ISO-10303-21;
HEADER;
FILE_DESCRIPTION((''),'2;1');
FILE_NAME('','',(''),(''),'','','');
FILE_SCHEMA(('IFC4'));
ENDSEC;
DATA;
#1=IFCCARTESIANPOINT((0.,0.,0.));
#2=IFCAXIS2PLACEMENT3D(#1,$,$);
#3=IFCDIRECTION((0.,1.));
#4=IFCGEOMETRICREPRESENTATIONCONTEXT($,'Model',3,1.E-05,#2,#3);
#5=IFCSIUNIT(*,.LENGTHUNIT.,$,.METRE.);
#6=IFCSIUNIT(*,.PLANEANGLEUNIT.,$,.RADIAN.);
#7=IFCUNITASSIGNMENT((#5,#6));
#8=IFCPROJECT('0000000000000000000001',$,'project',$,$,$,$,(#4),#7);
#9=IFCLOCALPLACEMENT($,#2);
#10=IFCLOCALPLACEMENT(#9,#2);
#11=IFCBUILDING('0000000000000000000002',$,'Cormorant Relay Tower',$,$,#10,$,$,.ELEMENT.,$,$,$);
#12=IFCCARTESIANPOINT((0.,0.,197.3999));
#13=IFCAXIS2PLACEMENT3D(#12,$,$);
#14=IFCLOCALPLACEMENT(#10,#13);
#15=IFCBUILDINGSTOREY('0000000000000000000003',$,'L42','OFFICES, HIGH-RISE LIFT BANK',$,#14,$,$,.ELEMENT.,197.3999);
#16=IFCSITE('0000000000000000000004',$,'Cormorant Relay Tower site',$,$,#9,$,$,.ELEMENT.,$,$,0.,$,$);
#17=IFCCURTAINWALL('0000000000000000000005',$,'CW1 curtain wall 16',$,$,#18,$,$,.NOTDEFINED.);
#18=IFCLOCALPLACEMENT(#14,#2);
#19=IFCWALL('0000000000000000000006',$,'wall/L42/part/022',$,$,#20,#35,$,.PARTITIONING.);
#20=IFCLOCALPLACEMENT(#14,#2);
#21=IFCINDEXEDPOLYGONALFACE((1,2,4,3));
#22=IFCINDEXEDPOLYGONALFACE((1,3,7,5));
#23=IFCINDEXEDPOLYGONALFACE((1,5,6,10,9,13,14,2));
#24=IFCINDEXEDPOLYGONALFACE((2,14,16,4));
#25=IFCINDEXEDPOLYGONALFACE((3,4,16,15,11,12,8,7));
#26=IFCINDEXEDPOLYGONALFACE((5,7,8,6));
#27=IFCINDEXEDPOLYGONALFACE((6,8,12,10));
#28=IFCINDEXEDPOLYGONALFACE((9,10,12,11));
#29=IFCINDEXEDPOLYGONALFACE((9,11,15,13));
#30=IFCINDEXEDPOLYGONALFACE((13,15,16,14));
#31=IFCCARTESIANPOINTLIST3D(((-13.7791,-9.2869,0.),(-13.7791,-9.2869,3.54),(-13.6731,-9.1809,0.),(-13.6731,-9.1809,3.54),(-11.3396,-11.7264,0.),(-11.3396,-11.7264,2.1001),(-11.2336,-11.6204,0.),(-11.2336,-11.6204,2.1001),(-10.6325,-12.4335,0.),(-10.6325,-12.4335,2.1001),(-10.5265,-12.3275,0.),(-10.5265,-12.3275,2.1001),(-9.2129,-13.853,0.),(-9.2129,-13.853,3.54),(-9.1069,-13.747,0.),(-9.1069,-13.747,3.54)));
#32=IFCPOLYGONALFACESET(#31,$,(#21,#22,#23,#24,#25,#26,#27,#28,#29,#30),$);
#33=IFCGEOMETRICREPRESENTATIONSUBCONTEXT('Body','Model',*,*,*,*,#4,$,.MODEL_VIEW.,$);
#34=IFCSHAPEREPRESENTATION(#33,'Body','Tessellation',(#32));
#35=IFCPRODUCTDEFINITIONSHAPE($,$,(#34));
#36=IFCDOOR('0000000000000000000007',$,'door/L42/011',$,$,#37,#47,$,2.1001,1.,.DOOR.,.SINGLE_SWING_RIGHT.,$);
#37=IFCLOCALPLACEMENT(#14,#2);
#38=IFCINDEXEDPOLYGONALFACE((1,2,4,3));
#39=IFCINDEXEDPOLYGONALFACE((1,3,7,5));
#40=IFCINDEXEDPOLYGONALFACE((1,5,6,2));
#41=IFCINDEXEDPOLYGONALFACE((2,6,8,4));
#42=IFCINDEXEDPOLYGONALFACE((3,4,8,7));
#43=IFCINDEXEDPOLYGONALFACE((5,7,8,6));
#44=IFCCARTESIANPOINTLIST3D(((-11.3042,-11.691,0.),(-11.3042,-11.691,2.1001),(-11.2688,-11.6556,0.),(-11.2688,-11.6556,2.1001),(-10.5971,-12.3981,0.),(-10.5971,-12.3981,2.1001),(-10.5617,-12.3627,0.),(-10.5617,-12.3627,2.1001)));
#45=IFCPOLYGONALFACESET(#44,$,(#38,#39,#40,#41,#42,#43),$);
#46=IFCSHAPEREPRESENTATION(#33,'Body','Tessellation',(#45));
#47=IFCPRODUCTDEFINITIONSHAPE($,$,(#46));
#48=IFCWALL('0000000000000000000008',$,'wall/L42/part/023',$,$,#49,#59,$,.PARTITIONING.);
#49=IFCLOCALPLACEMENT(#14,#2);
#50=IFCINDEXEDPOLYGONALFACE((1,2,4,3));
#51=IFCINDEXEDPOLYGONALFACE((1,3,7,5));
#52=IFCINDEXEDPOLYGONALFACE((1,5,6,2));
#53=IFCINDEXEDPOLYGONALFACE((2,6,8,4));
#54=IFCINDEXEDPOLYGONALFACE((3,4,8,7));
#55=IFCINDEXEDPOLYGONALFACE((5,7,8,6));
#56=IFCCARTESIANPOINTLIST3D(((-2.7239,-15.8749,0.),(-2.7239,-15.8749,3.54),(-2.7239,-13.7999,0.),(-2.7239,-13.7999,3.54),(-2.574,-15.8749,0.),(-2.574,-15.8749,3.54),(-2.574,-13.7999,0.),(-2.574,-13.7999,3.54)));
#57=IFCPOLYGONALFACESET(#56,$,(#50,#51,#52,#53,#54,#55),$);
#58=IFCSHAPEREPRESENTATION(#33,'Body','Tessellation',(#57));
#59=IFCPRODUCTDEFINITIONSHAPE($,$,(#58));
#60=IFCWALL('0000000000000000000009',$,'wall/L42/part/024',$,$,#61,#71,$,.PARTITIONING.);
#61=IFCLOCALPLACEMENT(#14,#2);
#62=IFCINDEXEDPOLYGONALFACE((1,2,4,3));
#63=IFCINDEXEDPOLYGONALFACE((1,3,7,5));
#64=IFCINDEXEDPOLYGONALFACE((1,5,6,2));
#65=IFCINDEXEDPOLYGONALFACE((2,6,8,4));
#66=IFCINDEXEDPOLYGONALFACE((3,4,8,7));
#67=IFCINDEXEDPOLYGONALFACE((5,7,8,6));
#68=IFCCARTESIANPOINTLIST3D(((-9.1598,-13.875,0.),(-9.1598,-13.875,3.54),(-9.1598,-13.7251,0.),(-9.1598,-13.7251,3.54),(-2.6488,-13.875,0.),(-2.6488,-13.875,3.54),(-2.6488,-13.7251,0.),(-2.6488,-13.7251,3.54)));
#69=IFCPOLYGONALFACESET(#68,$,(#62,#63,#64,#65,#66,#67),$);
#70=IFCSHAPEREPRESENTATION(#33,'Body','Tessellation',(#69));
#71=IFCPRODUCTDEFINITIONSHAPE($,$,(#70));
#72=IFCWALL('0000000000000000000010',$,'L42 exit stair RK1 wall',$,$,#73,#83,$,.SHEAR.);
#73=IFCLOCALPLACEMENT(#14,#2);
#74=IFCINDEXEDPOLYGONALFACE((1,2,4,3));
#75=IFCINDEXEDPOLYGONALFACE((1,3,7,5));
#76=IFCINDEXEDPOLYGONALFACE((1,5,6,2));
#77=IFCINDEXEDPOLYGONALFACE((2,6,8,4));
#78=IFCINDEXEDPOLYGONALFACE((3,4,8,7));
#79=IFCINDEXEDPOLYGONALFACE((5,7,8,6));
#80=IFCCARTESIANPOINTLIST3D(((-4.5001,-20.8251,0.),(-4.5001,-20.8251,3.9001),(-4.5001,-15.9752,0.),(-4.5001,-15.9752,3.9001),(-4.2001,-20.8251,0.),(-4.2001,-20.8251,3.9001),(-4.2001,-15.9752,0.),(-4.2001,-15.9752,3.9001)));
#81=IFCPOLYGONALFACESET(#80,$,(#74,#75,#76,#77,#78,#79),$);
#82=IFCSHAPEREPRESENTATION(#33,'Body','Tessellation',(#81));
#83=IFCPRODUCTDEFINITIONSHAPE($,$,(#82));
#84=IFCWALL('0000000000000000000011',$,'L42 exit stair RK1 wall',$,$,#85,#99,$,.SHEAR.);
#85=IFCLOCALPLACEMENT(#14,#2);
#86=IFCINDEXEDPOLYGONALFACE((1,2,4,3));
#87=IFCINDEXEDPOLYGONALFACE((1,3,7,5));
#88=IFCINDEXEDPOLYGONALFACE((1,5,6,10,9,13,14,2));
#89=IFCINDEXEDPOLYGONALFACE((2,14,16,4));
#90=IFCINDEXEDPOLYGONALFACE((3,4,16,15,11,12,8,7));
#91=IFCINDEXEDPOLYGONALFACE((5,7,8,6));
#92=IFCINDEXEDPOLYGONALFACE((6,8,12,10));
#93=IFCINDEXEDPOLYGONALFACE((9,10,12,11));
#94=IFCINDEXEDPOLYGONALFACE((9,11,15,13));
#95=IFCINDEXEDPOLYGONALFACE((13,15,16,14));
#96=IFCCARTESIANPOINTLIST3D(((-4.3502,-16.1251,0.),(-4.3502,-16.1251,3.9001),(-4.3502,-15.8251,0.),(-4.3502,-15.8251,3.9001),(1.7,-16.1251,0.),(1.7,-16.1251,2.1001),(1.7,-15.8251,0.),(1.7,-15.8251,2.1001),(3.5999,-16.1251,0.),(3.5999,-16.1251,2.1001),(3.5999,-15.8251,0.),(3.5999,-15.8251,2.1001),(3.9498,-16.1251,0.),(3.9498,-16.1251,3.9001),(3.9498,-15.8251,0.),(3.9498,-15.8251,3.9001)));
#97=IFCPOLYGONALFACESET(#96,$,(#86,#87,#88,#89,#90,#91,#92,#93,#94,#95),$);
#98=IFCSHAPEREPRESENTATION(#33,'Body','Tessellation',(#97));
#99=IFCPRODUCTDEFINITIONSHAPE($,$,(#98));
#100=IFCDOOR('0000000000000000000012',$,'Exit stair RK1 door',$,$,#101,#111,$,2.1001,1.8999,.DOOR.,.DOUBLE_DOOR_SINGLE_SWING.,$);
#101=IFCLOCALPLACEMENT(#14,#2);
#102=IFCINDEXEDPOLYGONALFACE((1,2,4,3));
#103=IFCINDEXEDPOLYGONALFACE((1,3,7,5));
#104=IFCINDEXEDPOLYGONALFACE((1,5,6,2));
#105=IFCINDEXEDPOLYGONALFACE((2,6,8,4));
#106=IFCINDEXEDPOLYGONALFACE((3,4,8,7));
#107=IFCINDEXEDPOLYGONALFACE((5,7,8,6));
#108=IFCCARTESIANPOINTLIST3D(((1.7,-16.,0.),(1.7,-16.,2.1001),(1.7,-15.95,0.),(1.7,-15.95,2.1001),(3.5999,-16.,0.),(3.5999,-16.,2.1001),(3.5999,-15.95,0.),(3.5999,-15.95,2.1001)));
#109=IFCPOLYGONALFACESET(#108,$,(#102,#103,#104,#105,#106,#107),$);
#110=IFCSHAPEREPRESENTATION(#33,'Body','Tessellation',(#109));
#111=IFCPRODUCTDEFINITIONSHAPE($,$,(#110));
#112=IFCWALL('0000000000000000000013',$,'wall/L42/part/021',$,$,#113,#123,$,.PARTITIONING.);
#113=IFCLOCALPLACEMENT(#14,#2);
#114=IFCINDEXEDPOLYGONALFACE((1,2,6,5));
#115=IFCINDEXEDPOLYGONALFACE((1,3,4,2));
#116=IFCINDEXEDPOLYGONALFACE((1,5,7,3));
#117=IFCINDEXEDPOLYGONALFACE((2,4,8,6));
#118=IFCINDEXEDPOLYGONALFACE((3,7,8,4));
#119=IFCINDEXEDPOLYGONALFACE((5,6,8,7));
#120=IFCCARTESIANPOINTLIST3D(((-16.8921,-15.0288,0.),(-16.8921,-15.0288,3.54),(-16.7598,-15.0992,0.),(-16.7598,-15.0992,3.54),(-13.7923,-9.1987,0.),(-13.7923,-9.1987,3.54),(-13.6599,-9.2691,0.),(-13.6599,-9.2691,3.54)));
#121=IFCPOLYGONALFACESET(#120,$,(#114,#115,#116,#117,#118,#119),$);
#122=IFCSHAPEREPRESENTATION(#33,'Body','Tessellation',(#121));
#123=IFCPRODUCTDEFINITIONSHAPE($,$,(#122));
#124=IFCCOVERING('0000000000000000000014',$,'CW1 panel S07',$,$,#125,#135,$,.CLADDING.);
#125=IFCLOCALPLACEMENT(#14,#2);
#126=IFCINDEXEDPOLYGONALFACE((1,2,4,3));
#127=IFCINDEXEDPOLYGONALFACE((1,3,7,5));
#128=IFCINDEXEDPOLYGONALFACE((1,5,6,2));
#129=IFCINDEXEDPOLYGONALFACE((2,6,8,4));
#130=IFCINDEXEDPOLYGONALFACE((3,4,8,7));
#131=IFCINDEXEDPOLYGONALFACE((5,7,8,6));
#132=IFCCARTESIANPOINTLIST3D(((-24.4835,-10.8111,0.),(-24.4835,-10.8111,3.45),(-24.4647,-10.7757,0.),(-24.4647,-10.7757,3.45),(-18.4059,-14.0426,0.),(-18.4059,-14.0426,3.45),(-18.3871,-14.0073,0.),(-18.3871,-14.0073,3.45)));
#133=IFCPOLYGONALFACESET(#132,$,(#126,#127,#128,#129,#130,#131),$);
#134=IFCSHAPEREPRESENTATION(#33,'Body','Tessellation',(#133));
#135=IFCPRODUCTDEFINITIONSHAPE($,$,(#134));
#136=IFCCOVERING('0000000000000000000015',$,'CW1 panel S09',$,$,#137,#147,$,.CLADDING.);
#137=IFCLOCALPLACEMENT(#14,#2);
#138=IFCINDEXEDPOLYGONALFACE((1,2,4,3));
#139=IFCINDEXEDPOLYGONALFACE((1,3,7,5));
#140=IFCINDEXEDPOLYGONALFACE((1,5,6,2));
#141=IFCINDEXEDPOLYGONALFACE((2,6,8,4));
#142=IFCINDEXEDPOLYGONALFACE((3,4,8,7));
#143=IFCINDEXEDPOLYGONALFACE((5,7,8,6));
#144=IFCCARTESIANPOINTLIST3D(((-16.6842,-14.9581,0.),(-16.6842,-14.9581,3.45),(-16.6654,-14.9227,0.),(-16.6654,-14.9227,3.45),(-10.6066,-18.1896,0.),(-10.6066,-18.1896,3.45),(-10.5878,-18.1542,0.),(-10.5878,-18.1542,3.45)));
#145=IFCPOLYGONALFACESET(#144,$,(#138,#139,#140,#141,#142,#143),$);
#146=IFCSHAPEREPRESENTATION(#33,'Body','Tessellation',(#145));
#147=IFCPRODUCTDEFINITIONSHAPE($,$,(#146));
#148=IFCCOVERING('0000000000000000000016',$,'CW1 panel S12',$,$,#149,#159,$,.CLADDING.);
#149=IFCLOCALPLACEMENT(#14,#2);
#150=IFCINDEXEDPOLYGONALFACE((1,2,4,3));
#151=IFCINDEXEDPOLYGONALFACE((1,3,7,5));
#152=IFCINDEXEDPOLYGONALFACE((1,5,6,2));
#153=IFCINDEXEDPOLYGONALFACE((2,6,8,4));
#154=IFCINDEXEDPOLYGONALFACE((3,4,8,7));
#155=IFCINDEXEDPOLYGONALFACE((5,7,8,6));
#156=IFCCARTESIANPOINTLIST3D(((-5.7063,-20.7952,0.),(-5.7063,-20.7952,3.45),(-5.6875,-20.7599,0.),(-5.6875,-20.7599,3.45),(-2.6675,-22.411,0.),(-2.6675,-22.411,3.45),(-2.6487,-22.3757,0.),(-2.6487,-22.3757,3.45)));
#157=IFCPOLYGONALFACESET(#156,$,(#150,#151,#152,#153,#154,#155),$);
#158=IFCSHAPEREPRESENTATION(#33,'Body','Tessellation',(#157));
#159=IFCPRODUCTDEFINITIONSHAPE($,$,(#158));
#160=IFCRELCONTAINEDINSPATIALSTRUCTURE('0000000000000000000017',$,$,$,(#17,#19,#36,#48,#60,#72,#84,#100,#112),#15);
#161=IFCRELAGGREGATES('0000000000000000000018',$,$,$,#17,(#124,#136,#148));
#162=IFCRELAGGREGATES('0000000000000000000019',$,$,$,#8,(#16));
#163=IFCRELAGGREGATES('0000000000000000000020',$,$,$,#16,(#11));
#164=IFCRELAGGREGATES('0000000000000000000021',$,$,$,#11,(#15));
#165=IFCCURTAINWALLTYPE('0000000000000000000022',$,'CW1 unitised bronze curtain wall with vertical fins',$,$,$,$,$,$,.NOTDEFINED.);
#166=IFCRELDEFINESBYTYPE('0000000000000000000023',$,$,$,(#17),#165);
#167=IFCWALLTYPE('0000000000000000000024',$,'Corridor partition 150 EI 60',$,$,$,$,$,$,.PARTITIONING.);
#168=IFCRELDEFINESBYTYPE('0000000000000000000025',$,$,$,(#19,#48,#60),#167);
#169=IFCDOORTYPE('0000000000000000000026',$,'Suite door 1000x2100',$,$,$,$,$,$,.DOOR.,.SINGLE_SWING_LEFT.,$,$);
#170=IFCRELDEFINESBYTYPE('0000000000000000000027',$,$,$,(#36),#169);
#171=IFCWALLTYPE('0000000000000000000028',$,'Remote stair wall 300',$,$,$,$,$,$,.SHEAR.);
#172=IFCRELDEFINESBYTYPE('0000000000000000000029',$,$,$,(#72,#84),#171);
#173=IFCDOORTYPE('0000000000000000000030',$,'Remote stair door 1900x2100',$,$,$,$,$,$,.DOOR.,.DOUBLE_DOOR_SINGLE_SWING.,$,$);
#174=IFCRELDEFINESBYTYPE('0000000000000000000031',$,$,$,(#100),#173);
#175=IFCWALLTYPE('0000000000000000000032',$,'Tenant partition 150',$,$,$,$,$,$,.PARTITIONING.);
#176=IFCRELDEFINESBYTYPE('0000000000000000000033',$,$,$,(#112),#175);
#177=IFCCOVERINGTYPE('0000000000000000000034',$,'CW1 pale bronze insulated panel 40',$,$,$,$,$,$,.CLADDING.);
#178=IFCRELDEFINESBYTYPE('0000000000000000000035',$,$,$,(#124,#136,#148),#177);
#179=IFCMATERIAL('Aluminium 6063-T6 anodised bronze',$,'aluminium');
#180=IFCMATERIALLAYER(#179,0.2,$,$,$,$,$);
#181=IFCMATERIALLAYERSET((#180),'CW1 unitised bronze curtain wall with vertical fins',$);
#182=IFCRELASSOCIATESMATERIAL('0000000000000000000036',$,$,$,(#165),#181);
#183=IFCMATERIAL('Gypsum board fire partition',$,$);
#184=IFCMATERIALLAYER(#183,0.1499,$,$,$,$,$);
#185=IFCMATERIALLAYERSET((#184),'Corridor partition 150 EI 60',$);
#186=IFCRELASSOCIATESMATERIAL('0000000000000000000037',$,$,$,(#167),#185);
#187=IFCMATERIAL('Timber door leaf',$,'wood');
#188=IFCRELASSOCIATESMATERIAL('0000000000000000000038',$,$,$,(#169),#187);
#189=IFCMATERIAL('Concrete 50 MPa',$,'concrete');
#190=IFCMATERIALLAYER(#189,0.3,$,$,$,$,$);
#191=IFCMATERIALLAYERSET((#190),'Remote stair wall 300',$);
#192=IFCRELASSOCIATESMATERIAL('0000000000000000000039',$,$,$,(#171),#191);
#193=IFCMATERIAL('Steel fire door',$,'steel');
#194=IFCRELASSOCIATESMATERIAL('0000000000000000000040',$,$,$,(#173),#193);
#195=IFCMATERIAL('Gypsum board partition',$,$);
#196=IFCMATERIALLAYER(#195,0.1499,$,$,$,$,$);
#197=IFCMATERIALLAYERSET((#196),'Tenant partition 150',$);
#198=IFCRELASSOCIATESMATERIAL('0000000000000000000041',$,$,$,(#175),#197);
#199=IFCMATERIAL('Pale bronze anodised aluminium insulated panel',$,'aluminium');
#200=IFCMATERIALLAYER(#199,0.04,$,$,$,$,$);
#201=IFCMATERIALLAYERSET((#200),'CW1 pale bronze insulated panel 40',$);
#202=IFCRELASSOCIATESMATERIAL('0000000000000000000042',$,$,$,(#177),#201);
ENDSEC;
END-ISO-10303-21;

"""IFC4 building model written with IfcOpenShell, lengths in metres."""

from ifc_helpers import new_model, si_unit, direction, frame, frame_2d, origin, origin_2d, place, context, subcontext, project, spatial, rectangle, extrude, material, layer, layer_set, type_object, element, fill, aggregate, save


model = new_model("IFC4")

# Units and contexts
model_context = context("Model", 3, precision=1e-05, world=origin(), true_north=direction((0.0, 1.0)))
body_context = subcontext(model_context, "Body", "Model", "MODEL_VIEW")
ifc_project = project(units=[si_unit("LENGTHUNIT", "METRE"), si_unit("PLANEANGLEUNIT", "RADIAN")], contexts=[model_context])

# Site, building, storey
site_placement = place(None, origin())
site = spatial("IfcSite", under=ifc_project, at=site_placement, Name="Cormorant Relay Tower site", CompositionType="ELEMENT", RefElevation=0.0)
building_placement = place(site_placement, origin())
building = spatial("IfcBuilding", under=site, at=building_placement, Name="Cormorant Relay Tower", CompositionType="ELEMENT")
storey_placement = place(building_placement, frame((0.0, 0.0, 197.3999)))
storey = spatial("IfcBuildingStorey", under=building, at=storey_placement, Name="L42", Description="OFFICES, HIGH-RISE LIFT BANK", CompositionType="ELEMENT", Elevation=197.3999)

# Shared definitions
ifc_material_1 = material(Name="Aluminium 6063-T6 anodised bronze", Category="aluminium")
ifc_layer_1 = layer(ifc_material_1, 0.2)
ifc_layer_set_1 = layer_set([ifc_layer_1], Name="CW1 unitised bronze curtain wall with vertical fins")
curtain_wall_type = type_object("IfcCurtainWallType", Name="CW1 unitised bronze curtain wall with vertical fins", PredefinedType="NOTDEFINED", material=ifc_layer_set_1)

# Curtain wall
curtain_wall_1_placement = place(storey_placement, origin())
curtain_wall_1 = element("IfcCurtainWall", 1, at=curtain_wall_1_placement, inside=storey, type_object=curtain_wall_type, Name="CW1 curtain wall 16", PredefinedType="NOTDEFINED")

# Wall, opening, door
ifc_material_2 = material(Name="Gypsum board fire partition")
ifc_layer_2 = layer(ifc_material_2, 0.1499)
ifc_layer_set_2 = layer_set([ifc_layer_2], Name="Corridor partition 150 EI 60")
wall_type_1 = type_object("IfcWallType", Name="Corridor partition 150 EI 60", PredefinedType="PARTITIONING", material=ifc_layer_set_2)
ifc_material_3 = material(Name="Timber door leaf", Category="wood")
door_type_1 = type_object("IfcDoorType", Name="Suite door 1000x2100", OperationType="SINGLE_SWING_LEFT", PredefinedType="DOOR", material=ifc_material_3)
wall_1_placement = place(storey_placement, frame((-13.7261, -9.2339, 0.0), z_axis=(0.0, 0.0, 1.0), x_axis=(0.707107, -0.707107, 0.0)))
wall_1 = element("IfcWall", 2, at=wall_1_placement, inside=storey, type_object=wall_type_1, Name="wall/L42/part/022", PredefinedType="PARTITIONING", context=body_context, shape_type="SweptSolid", body=[
    extrude(rectangle(XDim=6.4575, YDim=0.1499, at=frame_2d((3.2288, 0.0))), origin(), (0.0, 0.0, 1.0), 3.54),
])
opening_1_placement = place(wall_1_placement, frame((3.45, 0.0, 0.0)))
opening_1 = element("IfcOpeningElement", 3, at=opening_1_placement, cuts=wall_1, PredefinedType="OPENING", context=body_context, shape_type="SweptSolid", body=[
    extrude(rectangle(XDim=1.0, YDim=2.1001, at=frame_2d((0.5, 1.05))), frame((0.0, 0.085, 0.0), z_axis=(0.0, -1.0, 0.0), x_axis=(1.0, 0.0, 0.0)), (0.0, 0.0, 1.0), 0.1699),
])
door_1_placement = place(opening_1_placement, frame((1.0, 0.0, 0.0), z_axis=(0.0, 0.0, 1.0), x_axis=(-1.0, 0.0, 0.0)))
door_1 = element("IfcDoor", 4, at=door_1_placement, inside=storey, type_object=door_type_1, Name="door/L42/011", OperationType="SINGLE_SWING_RIGHT", OverallHeight=2.1001, OverallWidth=1.0, PredefinedType="DOOR", context=body_context, shape_type="SweptSolid", body=[
    extrude(rectangle(XDim=1.0, YDim=2.1001, at=frame_2d((0.5, 1.05))), frame((0.0, 0.0249, 0.0), z_axis=(0.0, -1.0, 0.0), x_axis=(1.0, 0.0, 0.0)), (0.0, 0.0, 1.0), 0.05),
])
fill(opening_1, door_1)

# Walls
wall_2_placement = place(storey_placement, frame((-2.6489, -15.875, 0.0), z_axis=(0.0, 0.0, 1.0), x_axis=(0.0, 1.0, 0.0)))
element("IfcWall", 5, at=wall_2_placement, inside=storey, type_object=wall_type_1, Name="wall/L42/part/023", PredefinedType="PARTITIONING", context=body_context, shape_type="SweptSolid", body=[
    extrude(rectangle(XDim=2.075, YDim=0.1499, at=frame_2d((1.0376, 0.0))), origin(), (0.0, 0.0, 1.0), 3.54),
])
wall_3_placement = place(storey_placement, frame((-2.6489, -13.8, 0.0), z_axis=(0.0, 0.0, 1.0), x_axis=(-1.0, 0.0, 0.0)))
element("IfcWall", 6, at=wall_3_placement, inside=storey, type_object=wall_type_1, Name="wall/L42/part/024", PredefinedType="PARTITIONING", context=body_context, shape_type="SweptSolid", body=[
    extrude(rectangle(XDim=6.511, YDim=0.1499, at=frame_2d((3.2554, 0.0))), origin(), (0.0, 0.0, 1.0), 3.54),
])
ifc_material_4 = material(Name="Concrete 50 MPa", Category="concrete")
ifc_layer_3 = layer(ifc_material_4, 0.3)
ifc_layer_set_3 = layer_set([ifc_layer_3], Name="Remote stair wall 300")
wall_type_2 = type_object("IfcWallType", Name="Remote stair wall 300", PredefinedType="SHEAR", material=ifc_layer_set_3)
wall_4_placement = place(storey_placement, frame((-4.3501, -20.825, 0.0), z_axis=(0.0, 0.0, 1.0), x_axis=(0.0, 1.0, 0.0)))
element("IfcWall", 7, at=wall_4_placement, inside=storey, type_object=wall_type_2, Name="L42 exit stair RK1 wall", PredefinedType="SHEAR", context=body_context, shape_type="SweptSolid", body=[
    extrude(rectangle(XDim=4.8499, YDim=0.3, at=frame_2d((2.4248, 0.0))), origin(), (0.0, 0.0, 1.0), 3.9001),
])

# Wall, opening, door
wall_5_placement = place(storey_placement, frame((-4.3501, -15.9751, 0.0), z_axis=(0.0, 0.0, 1.0), x_axis=(1.0, 0.0, 0.0)))
wall_5 = element("IfcWall", 8, at=wall_5_placement, inside=storey, type_object=wall_type_2, Name="L42 exit stair RK1 wall", PredefinedType="SHEAR", context=body_context, shape_type="SweptSolid", body=[
    extrude(rectangle(XDim=8.3, YDim=0.3, at=frame_2d((4.1499, 0.0))), origin(), (0.0, 0.0, 1.0), 3.9001),
])
opening_2_placement = place(wall_5_placement, frame((6.05, 0.0, 0.0)))
opening_2 = element("IfcOpeningElement", 9, at=opening_2_placement, cuts=wall_5, PredefinedType="OPENING", context=body_context, shape_type="SweptSolid", body=[
    extrude(rectangle(XDim=1.8999, YDim=2.1001, at=frame_2d((0.95, 1.05))), frame((0.0, 0.1599, 0.0), z_axis=(0.0, -1.0, 0.0), x_axis=(1.0, 0.0, 0.0)), (0.0, 0.0, 1.0), 0.3201),
])
ifc_material_5 = material(Name="Steel fire door", Category="steel")
door_type_2 = type_object("IfcDoorType", Name="Remote stair door 1900x2100", OperationType="DOUBLE_DOOR_SINGLE_SWING", PredefinedType="DOOR", material=ifc_material_5)
door_2_placement = place(opening_2_placement, frame((1.8999, 0.0, 0.0), z_axis=(0.0, 0.0, 1.0), x_axis=(-1.0, 0.0, 0.0)))
door_2 = element("IfcDoor", 10, at=door_2_placement, inside=storey, type_object=door_type_2, Name="Exit stair RK1 door", OperationType="DOUBLE_DOOR_SINGLE_SWING", OverallHeight=2.1001, OverallWidth=1.8999, PredefinedType="DOOR", context=body_context, shape_type="SweptSolid", body=[
    extrude(rectangle(XDim=1.8999, YDim=2.1001, at=frame_2d((0.95, 1.05))), frame((0.0, 0.0249, 0.0), z_axis=(0.0, -1.0, 0.0), x_axis=(1.0, 0.0, 0.0)), (0.0, 0.0, 1.0), 0.05),
])
fill(opening_2, door_2)

# Wall
ifc_material_6 = material(Name="Gypsum board partition")
ifc_layer_4 = layer(ifc_material_6, 0.1499)
ifc_layer_set_4 = layer_set([ifc_layer_4], Name="Tenant partition 150")
wall_type_3 = type_object("IfcWallType", Name="Tenant partition 150", PredefinedType="PARTITIONING", material=ifc_layer_set_4)
wall_6_placement = place(storey_placement, frame((-13.7261, -9.2339, 0.0), z_axis=(0.0, 0.0, 1.0), x_axis=(-0.469465, -0.882951, 0.0)))
element("IfcWall", 11, at=wall_6_placement, inside=storey, type_object=wall_type_3, Name="wall/L42/part/021", PredefinedType="PARTITIONING", context=body_context, shape_type="SweptSolid", body=[
    extrude(rectangle(XDim=6.603, YDim=0.1499, at=frame_2d((3.3015, 0.0))), origin(), (0.0, 0.0, 1.0), 3.54),
])

# Coverings
ifc_material_7 = material(Name="Pale bronze anodised aluminium insulated panel", Category="aluminium")
ifc_layer_5 = layer(ifc_material_7, 0.04)
ifc_layer_set_5 = layer_set([ifc_layer_5], Name="CW1 pale bronze insulated panel 40")
covering_type = type_object("IfcCoveringType", Name="CW1 pale bronze insulated panel 40", PredefinedType="CLADDING", material=ifc_layer_set_5)
covering_1_placement = place(storey_placement, frame((-21.4353, -12.4092, 0.0), z_axis=(0.0, 0.0, 1.0), x_axis=(0.882948, -0.469472, 0.0)))
covering_1 = element("IfcCovering", 12, at=covering_1_placement, type_object=covering_type, Name="CW1 panel S07", PredefinedType="CLADDING", context=body_context, shape_type="SweptSolid", body=[
    extrude(rectangle(XDim=6.8833, YDim=0.04, at=origin_2d()), origin(), (0.0, 0.0, 1.0), 3.45),
])
covering_2_placement = place(storey_placement, frame((-13.636, -16.5562, 0.0), z_axis=(0.0, 0.0, 1.0), x_axis=(0.882948, -0.469472, 0.0)))
covering_2 = element("IfcCovering", 13, at=covering_2_placement, type_object=covering_type, Name="CW1 panel S09", PredefinedType="CLADDING", context=body_context, shape_type="SweptSolid", body=[
    extrude(rectangle(XDim=6.8833, YDim=0.04, at=origin_2d()), origin(), (0.0, 0.0, 1.0), 3.45),
])
covering_3_placement = place(storey_placement, frame((-4.1775, -21.5854, 0.0), z_axis=(0.0, 0.0, 1.0), x_axis=(0.882948, -0.469472, 0.0)))
covering_3 = element("IfcCovering", 14, at=covering_3_placement, type_object=covering_type, Name="CW1 panel S12", PredefinedType="CLADDING", context=body_context, shape_type="SweptSolid", body=[
    extrude(rectangle(XDim=3.4417, YDim=0.04, at=origin_2d()), origin(), (0.0, 0.0, 1.0), 3.45),
])
aggregate(curtain_wall_1, [covering_1, covering_2, covering_3])

save(model, "model.ifc")
